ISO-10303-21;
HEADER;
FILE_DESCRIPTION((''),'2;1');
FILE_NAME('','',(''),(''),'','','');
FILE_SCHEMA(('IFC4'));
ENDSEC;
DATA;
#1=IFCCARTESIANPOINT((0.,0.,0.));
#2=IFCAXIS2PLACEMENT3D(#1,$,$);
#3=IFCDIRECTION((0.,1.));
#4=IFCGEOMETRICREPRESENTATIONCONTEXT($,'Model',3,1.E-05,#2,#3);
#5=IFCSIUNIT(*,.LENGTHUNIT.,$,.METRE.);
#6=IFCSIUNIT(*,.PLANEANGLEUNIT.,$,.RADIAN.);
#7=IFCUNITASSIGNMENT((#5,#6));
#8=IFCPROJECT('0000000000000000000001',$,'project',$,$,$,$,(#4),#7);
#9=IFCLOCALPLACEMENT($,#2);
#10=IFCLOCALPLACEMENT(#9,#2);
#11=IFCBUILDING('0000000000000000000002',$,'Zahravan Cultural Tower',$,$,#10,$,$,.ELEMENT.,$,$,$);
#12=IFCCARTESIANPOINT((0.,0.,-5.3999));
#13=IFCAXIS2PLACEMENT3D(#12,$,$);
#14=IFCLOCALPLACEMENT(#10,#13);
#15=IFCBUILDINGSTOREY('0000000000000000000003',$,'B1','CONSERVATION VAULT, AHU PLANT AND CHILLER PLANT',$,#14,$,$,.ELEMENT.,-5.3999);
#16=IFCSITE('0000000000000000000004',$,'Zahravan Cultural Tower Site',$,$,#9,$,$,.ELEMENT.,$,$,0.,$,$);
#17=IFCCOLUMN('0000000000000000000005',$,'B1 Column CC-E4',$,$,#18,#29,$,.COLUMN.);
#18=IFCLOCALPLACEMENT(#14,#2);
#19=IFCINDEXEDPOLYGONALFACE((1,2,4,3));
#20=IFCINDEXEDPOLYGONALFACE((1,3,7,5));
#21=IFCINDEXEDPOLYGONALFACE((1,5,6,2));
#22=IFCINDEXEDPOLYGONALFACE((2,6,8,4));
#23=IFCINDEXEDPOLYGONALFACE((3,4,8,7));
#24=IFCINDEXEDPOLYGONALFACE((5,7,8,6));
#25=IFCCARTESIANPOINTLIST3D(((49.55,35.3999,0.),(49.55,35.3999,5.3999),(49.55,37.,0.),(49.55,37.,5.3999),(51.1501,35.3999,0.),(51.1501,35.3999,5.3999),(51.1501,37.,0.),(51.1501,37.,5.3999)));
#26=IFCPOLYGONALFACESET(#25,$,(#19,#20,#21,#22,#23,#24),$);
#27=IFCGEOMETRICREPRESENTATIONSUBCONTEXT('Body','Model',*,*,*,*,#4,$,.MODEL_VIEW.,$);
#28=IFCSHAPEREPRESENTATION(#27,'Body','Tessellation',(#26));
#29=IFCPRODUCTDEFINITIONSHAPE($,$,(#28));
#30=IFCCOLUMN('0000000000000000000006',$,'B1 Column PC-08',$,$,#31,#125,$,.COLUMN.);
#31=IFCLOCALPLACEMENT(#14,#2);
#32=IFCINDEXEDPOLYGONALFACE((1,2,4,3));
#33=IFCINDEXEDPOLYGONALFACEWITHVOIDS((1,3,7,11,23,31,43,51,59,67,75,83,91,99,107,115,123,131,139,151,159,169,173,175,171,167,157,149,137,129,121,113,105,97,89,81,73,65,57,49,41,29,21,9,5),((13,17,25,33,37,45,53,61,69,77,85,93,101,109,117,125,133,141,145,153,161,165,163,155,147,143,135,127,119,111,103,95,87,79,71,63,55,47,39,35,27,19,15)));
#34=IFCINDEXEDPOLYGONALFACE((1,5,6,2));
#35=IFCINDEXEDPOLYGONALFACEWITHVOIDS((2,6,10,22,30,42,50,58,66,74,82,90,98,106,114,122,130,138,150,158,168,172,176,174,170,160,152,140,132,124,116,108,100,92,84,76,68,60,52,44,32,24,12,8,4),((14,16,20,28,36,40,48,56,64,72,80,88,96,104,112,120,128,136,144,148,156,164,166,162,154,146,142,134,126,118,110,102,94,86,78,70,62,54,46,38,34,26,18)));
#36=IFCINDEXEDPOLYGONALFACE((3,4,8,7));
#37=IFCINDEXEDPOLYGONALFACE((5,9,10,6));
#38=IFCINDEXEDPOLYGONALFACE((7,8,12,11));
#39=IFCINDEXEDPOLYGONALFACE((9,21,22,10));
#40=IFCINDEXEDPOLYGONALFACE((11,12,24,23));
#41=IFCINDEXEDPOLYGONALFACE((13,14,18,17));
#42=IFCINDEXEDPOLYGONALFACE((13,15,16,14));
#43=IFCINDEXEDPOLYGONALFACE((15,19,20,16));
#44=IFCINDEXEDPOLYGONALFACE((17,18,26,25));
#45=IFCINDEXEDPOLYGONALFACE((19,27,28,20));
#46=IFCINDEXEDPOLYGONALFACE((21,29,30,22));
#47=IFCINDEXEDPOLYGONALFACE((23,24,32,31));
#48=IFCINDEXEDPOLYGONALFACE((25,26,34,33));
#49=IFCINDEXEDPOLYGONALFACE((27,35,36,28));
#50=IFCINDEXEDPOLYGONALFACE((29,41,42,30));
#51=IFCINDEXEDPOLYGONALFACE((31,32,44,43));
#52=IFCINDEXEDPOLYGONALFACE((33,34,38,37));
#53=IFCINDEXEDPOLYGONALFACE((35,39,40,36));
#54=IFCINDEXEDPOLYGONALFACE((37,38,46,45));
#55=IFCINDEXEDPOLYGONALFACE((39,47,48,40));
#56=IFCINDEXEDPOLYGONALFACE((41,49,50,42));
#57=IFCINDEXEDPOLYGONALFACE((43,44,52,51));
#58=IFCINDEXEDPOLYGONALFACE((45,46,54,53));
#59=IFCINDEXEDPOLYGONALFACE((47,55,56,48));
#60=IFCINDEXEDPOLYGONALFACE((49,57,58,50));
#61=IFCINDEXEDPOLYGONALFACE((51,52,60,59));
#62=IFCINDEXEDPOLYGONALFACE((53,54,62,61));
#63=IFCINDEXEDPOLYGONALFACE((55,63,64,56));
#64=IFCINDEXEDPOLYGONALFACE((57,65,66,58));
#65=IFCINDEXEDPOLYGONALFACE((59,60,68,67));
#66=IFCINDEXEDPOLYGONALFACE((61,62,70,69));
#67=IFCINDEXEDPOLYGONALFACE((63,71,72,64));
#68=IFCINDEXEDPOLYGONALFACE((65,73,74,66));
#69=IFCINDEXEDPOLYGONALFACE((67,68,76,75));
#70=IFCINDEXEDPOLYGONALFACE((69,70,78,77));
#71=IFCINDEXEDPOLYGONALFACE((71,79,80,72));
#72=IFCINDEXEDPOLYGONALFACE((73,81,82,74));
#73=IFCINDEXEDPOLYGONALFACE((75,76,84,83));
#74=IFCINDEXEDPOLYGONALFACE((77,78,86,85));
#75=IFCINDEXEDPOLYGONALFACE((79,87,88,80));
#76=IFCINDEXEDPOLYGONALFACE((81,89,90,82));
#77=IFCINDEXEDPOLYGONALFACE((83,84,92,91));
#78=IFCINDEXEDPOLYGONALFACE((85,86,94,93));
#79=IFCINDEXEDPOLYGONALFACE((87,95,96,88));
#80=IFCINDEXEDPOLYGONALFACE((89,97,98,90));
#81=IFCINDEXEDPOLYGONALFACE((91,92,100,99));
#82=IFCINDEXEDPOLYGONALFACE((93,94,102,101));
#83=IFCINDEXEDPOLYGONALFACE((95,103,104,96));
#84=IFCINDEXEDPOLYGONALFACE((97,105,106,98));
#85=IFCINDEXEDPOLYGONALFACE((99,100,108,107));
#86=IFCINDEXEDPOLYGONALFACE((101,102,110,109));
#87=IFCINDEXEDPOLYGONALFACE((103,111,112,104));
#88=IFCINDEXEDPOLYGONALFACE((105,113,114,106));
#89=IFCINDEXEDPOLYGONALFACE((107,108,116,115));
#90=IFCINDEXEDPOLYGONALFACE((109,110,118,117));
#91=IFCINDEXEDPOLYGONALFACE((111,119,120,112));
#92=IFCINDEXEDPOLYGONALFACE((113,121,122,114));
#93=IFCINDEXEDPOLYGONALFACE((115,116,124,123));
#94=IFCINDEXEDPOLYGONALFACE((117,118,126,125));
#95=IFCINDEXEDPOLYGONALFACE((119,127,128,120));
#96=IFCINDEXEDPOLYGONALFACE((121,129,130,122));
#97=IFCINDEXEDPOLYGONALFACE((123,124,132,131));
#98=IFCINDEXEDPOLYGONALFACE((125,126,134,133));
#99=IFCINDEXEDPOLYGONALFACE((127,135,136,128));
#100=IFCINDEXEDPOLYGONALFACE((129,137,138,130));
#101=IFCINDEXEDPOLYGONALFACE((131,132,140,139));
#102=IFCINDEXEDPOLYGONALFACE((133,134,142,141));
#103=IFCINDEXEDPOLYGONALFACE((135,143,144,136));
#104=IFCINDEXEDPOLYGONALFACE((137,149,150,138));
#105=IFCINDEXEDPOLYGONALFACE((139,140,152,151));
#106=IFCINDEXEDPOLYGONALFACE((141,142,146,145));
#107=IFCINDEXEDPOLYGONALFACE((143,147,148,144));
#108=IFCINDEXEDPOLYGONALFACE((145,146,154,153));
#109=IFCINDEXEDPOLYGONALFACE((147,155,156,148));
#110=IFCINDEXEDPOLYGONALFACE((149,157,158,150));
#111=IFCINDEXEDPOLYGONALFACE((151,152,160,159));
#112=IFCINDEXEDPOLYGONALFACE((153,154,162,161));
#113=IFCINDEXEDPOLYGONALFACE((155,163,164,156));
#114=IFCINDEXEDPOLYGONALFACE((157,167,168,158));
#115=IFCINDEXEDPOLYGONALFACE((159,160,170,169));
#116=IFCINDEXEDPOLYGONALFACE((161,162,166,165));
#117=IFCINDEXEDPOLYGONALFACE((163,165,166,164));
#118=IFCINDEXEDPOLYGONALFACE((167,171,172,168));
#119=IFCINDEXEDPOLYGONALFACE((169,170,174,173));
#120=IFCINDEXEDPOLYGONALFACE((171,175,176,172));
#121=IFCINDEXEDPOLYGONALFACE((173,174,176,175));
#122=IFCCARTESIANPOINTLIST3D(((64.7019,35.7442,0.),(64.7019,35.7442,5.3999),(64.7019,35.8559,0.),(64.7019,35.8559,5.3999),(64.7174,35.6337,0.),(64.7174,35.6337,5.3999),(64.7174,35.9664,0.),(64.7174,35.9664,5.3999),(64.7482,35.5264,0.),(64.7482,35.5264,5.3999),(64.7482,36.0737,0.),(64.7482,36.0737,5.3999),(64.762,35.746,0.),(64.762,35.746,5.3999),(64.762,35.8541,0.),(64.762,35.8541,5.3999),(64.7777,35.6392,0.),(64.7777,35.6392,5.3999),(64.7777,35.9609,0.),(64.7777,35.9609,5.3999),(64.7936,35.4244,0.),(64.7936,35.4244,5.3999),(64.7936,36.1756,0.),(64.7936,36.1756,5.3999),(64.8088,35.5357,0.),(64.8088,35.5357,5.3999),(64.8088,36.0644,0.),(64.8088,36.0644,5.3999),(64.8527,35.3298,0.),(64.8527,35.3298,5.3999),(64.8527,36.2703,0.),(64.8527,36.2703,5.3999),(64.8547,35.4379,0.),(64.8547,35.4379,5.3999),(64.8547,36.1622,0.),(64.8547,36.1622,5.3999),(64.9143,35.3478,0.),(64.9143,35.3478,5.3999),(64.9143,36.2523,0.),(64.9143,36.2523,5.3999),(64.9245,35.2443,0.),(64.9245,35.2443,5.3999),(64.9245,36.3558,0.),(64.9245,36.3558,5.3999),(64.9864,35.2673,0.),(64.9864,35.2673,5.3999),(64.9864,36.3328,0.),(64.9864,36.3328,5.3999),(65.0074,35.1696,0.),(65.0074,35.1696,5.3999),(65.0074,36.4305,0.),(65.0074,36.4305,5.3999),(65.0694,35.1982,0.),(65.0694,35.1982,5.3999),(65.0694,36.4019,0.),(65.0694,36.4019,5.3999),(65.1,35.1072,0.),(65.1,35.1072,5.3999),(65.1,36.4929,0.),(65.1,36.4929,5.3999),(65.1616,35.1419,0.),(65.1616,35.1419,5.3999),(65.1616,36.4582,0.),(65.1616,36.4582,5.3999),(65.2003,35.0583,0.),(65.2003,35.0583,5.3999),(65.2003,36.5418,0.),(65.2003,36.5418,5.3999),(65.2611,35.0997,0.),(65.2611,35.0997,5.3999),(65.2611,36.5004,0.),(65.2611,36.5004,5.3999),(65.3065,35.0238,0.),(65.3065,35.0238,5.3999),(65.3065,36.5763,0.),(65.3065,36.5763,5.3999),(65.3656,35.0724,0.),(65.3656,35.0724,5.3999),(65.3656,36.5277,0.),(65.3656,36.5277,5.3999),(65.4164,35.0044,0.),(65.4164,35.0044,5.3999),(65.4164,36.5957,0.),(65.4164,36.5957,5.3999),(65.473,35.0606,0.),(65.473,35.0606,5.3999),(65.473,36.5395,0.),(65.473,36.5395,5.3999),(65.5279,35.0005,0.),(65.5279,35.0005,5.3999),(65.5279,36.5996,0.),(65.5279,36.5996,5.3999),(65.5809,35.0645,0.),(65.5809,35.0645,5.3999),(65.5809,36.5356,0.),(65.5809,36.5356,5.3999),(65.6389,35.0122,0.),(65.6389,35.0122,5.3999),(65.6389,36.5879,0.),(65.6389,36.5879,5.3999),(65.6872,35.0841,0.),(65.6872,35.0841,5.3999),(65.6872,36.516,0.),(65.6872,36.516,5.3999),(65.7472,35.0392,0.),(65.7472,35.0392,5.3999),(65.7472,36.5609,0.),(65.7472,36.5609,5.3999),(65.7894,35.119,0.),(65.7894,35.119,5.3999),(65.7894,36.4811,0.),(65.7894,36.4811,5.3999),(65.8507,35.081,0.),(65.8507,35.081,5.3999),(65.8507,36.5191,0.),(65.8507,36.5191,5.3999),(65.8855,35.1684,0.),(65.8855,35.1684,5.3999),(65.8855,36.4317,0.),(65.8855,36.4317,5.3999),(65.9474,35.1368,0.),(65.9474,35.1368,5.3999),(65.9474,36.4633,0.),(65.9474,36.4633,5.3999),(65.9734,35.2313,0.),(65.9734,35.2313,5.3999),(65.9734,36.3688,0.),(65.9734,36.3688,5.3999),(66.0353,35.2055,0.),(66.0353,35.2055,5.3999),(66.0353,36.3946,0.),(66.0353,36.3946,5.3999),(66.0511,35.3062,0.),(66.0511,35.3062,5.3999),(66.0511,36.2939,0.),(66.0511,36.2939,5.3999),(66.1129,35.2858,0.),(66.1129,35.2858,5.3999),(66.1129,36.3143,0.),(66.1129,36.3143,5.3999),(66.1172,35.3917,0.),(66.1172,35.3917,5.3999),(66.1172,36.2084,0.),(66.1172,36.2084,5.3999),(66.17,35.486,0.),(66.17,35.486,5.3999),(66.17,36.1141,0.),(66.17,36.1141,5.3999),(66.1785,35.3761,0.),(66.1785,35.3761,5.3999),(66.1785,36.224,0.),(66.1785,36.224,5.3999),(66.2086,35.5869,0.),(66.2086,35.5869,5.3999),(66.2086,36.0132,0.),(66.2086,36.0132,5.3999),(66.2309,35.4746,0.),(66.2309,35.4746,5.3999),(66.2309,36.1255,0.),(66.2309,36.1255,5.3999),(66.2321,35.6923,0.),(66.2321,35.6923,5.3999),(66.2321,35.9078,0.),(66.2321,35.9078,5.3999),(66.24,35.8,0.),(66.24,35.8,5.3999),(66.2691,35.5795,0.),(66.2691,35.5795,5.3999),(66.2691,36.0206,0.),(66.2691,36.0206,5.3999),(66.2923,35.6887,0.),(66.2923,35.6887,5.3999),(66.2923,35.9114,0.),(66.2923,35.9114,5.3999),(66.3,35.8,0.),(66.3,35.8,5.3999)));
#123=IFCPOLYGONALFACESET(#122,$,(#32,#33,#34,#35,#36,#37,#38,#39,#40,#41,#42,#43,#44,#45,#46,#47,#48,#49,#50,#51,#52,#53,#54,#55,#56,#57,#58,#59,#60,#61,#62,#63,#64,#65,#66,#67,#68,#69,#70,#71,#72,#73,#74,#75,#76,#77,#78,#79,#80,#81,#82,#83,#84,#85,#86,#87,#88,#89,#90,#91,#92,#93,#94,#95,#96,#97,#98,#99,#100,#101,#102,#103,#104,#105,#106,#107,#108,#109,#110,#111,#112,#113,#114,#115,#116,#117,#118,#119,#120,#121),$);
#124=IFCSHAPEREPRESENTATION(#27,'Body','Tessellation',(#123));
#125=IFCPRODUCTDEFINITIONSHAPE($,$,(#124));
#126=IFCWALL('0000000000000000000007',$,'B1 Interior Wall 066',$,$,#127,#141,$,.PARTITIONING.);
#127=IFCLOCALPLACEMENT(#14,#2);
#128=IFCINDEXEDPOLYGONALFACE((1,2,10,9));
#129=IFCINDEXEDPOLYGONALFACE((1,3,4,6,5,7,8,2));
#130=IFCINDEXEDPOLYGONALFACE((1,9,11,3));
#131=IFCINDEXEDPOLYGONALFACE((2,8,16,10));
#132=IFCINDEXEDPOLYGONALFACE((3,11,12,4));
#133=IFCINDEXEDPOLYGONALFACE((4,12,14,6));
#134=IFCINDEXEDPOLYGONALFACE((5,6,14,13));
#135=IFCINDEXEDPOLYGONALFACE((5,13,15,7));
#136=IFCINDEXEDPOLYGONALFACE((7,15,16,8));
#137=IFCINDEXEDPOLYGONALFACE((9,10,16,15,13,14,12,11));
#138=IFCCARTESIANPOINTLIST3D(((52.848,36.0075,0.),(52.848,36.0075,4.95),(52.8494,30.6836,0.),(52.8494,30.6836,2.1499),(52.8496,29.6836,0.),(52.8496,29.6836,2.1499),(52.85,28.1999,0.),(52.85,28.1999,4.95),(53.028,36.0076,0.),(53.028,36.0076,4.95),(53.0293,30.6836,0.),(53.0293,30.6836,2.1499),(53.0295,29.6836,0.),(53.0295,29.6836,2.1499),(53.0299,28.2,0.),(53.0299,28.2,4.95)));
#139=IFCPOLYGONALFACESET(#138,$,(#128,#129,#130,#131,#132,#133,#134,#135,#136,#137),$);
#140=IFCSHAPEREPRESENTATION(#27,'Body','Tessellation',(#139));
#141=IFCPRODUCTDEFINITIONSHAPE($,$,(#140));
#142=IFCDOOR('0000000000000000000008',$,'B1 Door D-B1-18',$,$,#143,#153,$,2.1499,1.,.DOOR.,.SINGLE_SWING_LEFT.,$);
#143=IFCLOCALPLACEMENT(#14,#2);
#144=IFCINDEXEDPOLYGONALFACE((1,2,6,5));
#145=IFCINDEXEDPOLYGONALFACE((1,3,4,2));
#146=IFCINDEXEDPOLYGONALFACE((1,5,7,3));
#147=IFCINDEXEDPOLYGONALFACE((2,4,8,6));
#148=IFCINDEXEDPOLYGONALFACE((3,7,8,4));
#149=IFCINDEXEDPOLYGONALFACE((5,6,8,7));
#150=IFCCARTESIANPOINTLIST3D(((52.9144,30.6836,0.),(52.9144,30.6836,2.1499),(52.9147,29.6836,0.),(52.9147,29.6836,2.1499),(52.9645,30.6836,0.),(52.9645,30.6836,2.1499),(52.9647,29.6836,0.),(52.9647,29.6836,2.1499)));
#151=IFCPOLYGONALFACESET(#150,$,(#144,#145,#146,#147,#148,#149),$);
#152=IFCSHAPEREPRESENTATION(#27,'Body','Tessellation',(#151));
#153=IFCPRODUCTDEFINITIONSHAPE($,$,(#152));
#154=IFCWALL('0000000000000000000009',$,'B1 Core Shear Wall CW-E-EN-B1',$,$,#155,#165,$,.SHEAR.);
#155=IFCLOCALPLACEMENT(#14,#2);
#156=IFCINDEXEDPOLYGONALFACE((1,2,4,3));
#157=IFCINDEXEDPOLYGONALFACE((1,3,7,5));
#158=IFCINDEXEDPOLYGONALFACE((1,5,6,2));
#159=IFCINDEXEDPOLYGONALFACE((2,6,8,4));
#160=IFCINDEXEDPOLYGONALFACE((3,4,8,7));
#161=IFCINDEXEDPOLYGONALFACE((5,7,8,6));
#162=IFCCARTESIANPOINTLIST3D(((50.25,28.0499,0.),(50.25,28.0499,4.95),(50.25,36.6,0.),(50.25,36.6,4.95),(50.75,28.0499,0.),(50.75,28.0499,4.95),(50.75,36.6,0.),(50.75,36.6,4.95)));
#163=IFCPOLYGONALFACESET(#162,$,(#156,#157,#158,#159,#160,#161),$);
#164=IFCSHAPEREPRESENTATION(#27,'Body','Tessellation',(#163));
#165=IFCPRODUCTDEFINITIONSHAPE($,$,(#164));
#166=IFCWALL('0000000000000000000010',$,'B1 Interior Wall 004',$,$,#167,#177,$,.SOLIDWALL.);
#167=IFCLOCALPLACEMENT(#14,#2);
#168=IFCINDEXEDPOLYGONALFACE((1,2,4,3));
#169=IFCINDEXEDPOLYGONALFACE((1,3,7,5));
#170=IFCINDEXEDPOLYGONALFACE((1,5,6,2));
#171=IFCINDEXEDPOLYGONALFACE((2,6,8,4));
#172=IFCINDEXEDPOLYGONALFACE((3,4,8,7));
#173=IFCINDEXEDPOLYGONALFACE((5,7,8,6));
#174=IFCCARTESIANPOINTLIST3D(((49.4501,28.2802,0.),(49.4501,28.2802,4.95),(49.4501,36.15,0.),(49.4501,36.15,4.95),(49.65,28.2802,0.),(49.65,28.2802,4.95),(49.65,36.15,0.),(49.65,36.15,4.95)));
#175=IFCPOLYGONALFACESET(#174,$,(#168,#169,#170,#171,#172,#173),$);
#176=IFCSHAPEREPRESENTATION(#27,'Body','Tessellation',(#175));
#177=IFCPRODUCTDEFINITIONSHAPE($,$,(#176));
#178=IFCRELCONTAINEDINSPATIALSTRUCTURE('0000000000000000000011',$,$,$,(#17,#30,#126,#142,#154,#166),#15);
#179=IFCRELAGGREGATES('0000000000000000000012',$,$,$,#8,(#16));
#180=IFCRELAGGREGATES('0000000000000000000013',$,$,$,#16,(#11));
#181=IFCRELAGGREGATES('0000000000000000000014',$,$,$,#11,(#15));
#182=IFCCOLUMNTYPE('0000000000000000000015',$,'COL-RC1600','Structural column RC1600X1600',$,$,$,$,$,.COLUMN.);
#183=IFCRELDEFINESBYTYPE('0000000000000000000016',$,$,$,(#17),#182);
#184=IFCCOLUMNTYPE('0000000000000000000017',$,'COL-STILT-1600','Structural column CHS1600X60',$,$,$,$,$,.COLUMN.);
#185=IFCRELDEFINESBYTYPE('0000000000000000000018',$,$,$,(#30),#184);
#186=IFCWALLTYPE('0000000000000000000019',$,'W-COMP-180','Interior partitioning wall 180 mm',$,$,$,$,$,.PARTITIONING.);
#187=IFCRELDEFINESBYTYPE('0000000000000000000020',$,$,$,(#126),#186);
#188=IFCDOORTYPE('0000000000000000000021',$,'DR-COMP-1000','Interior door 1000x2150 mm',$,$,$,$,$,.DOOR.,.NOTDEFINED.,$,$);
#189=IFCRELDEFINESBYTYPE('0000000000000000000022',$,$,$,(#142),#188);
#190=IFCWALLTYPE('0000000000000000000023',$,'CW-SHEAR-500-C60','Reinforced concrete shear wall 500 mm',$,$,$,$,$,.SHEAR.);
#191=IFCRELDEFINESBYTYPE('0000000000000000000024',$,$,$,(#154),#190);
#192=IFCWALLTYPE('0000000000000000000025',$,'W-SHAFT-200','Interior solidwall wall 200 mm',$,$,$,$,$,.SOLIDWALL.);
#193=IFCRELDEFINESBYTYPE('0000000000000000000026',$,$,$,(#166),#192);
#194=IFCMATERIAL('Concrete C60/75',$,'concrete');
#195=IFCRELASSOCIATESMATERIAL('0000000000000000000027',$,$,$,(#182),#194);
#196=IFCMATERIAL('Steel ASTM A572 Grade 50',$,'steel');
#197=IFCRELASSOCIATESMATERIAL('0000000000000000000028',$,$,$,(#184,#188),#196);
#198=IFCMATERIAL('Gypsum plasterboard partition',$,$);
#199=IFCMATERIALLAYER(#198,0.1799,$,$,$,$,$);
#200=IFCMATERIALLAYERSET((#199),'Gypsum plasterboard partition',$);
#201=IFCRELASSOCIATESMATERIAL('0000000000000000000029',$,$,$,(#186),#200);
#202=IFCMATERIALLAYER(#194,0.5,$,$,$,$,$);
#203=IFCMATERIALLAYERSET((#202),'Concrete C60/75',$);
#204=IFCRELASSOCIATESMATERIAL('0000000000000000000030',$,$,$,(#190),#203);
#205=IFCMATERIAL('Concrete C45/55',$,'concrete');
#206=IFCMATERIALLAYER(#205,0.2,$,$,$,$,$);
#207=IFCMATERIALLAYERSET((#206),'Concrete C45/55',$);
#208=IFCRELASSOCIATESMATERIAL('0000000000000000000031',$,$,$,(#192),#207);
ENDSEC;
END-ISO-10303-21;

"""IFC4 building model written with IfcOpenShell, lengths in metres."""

from ifc_helpers import new_model, si_unit, direction, frame, frame_2d, origin, origin_2d, place, context, subcontext, project, spatial, rectangle, hollow_circle, extrude, source, transform, mapped, material, layer, layer_set, material_profile, profile_set, type_object, element, fill, save


model = new_model("IFC4")

# Units and contexts
model_context = context("Model", 3, precision=1e-05, world=origin(), true_north=direction((0.0, 1.0)))
body_context = subcontext(model_context, "Body", "Model", "MODEL_VIEW")
ifc_project = project(units=[si_unit("LENGTHUNIT", "METRE"), si_unit("PLANEANGLEUNIT", "RADIAN")], contexts=[model_context])

# Site, building, storey
site_placement = place(None, origin())
site = spatial("IfcSite", under=ifc_project, at=site_placement, Name="Zahravan Cultural Tower Site", CompositionType="ELEMENT", RefElevation=0.0)
building_placement = place(site_placement, origin())
building = spatial("IfcBuilding", under=site, at=building_placement, Name="Zahravan Cultural Tower", CompositionType="ELEMENT")
storey_placement = place(building_placement, frame((0.0, 0.0, -5.3999)))
storey = spatial("IfcBuildingStorey", under=building, at=storey_placement, Name="B1", Description="CONSERVATION VAULT, AHU PLANT AND CHILLER PLANT", CompositionType="ELEMENT", Elevation=-5.3999)

# Shared definitions
ifc_material_1 = material(Name="Concrete C45/55", Category="concrete")

# Columns
ifc_material_2 = material(Name="Concrete C60/75", Category="concrete")
ifc_material_profile_1 = material_profile(ifc_material_2, rectangle(XDim=1.6001, YDim=1.6001, at=origin_2d()), Name="RC1600X1600")
ifc_profile_set_1 = profile_set([ifc_material_profile_1], Name="Concrete C60/75")
column_type_1 = type_object("IfcColumnType", Name="COL-RC1600", Description="Structural column RC1600X1600", PredefinedType="COLUMN", material=ifc_profile_set_1)
shared_shape_1 = source(origin(), body_context, "Body", "SweptSolid", [
    extrude(rectangle(XDim=1.6001, YDim=1.6001, at=origin_2d()), origin(), (0.0, 0.0, 1.0), 5.3999),
])
column_1_placement = place(storey_placement, frame((50.3501, 36.2, 0.0), z_axis=(0.0, 0.0, 1.0), x_axis=(1.0, 0.0, 0.0)))
element("IfcColumn", 1, at=column_1_placement, inside=storey, type_object=column_type_1, Name="B1 Column CC-E4", PredefinedType="COLUMN", context=body_context, shape_type="MappedRepresentation", body=[
    mapped(shared_shape_1, transform((0.0, 0.0, 0.0), x_axis=(1.0, 0.0, 0.0), y_axis=(0.0, 1.0, 0.0), z_axis=(0.0, 0.0, 1.0), scale=1.0)),
])
ifc_material_3 = material(Name="Steel ASTM A572 Grade 50", Category="steel")
ifc_material_profile_2 = material_profile(ifc_material_3, hollow_circle(Radius=0.8, WallThickness=0.0601, at=origin_2d()), Name="CHS1600X60")
ifc_profile_set_2 = profile_set([ifc_material_profile_2], Name="Steel ASTM A572 Grade 50")
column_type_2 = type_object("IfcColumnType", Name="COL-STILT-1600", Description="Structural column CHS1600X60", PredefinedType="COLUMN", material=ifc_profile_set_2)
shared_shape_2 = source(origin(), body_context, "Body", "SweptSolid", [
    extrude(hollow_circle(Radius=0.8, WallThickness=0.0601, at=origin_2d()), origin(), (0.0, 0.0, 1.0), 5.3999),
])
column_2_placement = place(storey_placement, frame((65.5, 35.8, 0.0), z_axis=(0.0, 0.0, 1.0), x_axis=(1.0, 0.0, 0.0)))
element("IfcColumn", 2, at=column_2_placement, inside=storey, type_object=column_type_2, Name="B1 Column PC-08", PredefinedType="COLUMN", context=body_context, shape_type="MappedRepresentation", body=[
    mapped(shared_shape_2, transform((0.0, 0.0, 0.0), x_axis=(1.0, 0.0, 0.0), y_axis=(0.0, 1.0, 0.0), z_axis=(0.0, 0.0, 1.0), scale=1.0)),
])

# Wall, opening, door
ifc_material_4 = material(Name="Gypsum plasterboard partition")
ifc_layer_1 = layer(ifc_material_4, 0.1799)
ifc_layer_set_1 = layer_set([ifc_layer_1], Name="Gypsum plasterboard partition")
wall_type_1 = type_object("IfcWallType", Name="W-COMP-180", Description="Interior partitioning wall 180 mm", PredefinedType="PARTITIONING", material=ifc_layer_set_1)
wall_1_placement = place(storey_placement, frame((52.9399, 28.2, 0.0), z_axis=(0.0, 0.0, 1.0), x_axis=(-0.00025, 1.0, 0.0)))
wall_1 = element("IfcWall", 3, at=wall_1_placement, inside=storey, type_object=wall_type_1, Name="B1 Interior Wall 066", PredefinedType="PARTITIONING", context=body_context, shape_type="SweptSolid", body=[
    extrude(rectangle(XDim=7.8076, YDim=0.1799, at=frame_2d((3.9038, 0.0))), origin(), (0.0, 0.0, 1.0), 4.95),
])
opening_placement = place(wall_1_placement, frame((1.4836, 0.0, 0.0)))
opening = element("IfcOpeningElement", 4, at=opening_placement, cuts=wall_1, PredefinedType="OPENING", context=body_context, shape_type="SweptSolid", body=[
    extrude(rectangle(XDim=1.0, YDim=2.1499, at=frame_2d((0.5, 1.075))), frame((0.0, 0.0999, 0.0), z_axis=(0.0, -1.0, 0.0), x_axis=(1.0, 0.0, 0.0)), (0.0, 0.0, 1.0), 0.2),
])
door_type = type_object("IfcDoorType", Name="DR-COMP-1000", Description="Interior door 1000x2150 mm", OperationType="NOTDEFINED", PredefinedType="DOOR", material=ifc_material_3)
shared_shape_3 = source(origin(), body_context, "Body", "SweptSolid", [
    extrude(rectangle(XDim=1.0, YDim=2.1499, at=frame_2d((0.5, 1.075))), frame((0.0, 0.0249, 0.0), z_axis=(0.0, -1.0, 0.0), x_axis=(1.0, 0.0, 0.0)), (0.0, 0.0, 1.0), 0.05),
])
door_placement = place(opening_placement, origin())
door = element("IfcDoor", 5, at=door_placement, inside=storey, type_object=door_type, Name="B1 Door D-B1-18", OperationType="SINGLE_SWING_LEFT", OverallHeight=2.1499, OverallWidth=1.0, PredefinedType="DOOR", context=body_context, shape_type="MappedRepresentation", body=[
    mapped(shared_shape_3, transform((0.0, 0.0, 0.0), x_axis=(1.0, 0.0, 0.0), y_axis=(0.0, 1.0, 0.0), z_axis=(0.0, 0.0, 1.0), scale=1.0)),
])
fill(opening, door)

# Walls
ifc_layer_2 = layer(ifc_material_2, 0.5)
ifc_layer_set_2 = layer_set([ifc_layer_2], Name="Concrete C60/75")
wall_type_2 = type_object("IfcWallType", Name="CW-SHEAR-500-C60", Description="Reinforced concrete shear wall 500 mm", PredefinedType="SHEAR", material=ifc_layer_set_2)
shared_shape_4 = source(origin(), body_context, "Body", "SweptSolid", [
    extrude(rectangle(XDim=8.55, YDim=0.5, at=frame_2d((4.2749, 0.0))), origin(), (0.0, 0.0, 1.0), 4.95),
])
wall_2_placement = place(storey_placement, frame((50.5, 28.05, 0.0), z_axis=(0.0, 0.0, 1.0), x_axis=(0.0, 1.0, 0.0)))
element("IfcWall", 6, at=wall_2_placement, inside=storey, type_object=wall_type_2, Name="B1 Core Shear Wall CW-E-EN-B1", PredefinedType="SHEAR", context=body_context, shape_type="MappedRepresentation", body=[
    mapped(shared_shape_4, transform((0.0, 0.0, 0.0), x_axis=(1.0, 0.0, 0.0), y_axis=(0.0, 1.0, 0.0), z_axis=(0.0, 0.0, 1.0), scale=1.0)),
])
ifc_layer_3 = layer(ifc_material_1, 0.2)
ifc_layer_set_3 = layer_set([ifc_layer_3], Name="Concrete C45/55")
wall_type_3 = type_object("IfcWallType", Name="W-SHAFT-200", Description="Interior solidwall wall 200 mm", PredefinedType="SOLIDWALL", material=ifc_layer_set_3)
shared_shape_5 = source(origin(), body_context, "Body", "SweptSolid", [
    extrude(rectangle(XDim=7.8699, YDim=0.2, at=frame_2d((3.9351, 0.0))), origin(), (0.0, 0.0, 1.0), 4.95),
])
wall_3_placement = place(storey_placement, frame((49.55, 28.28, 0.0), z_axis=(0.0, 0.0, 1.0), x_axis=(0.0, 1.0, 0.0)))
element("IfcWall", 7, at=wall_3_placement, inside=storey, type_object=wall_type_3, Name="B1 Interior Wall 004", PredefinedType="SOLIDWALL", context=body_context, shape_type="MappedRepresentation", body=[
    mapped(shared_shape_5, transform((0.0, 0.0, 0.0), x_axis=(1.0, 0.0, 0.0), y_axis=(0.0, 1.0, 0.0), z_axis=(0.0, 0.0, 1.0), scale=1.0)),
])

save(model, "model.ifc")
